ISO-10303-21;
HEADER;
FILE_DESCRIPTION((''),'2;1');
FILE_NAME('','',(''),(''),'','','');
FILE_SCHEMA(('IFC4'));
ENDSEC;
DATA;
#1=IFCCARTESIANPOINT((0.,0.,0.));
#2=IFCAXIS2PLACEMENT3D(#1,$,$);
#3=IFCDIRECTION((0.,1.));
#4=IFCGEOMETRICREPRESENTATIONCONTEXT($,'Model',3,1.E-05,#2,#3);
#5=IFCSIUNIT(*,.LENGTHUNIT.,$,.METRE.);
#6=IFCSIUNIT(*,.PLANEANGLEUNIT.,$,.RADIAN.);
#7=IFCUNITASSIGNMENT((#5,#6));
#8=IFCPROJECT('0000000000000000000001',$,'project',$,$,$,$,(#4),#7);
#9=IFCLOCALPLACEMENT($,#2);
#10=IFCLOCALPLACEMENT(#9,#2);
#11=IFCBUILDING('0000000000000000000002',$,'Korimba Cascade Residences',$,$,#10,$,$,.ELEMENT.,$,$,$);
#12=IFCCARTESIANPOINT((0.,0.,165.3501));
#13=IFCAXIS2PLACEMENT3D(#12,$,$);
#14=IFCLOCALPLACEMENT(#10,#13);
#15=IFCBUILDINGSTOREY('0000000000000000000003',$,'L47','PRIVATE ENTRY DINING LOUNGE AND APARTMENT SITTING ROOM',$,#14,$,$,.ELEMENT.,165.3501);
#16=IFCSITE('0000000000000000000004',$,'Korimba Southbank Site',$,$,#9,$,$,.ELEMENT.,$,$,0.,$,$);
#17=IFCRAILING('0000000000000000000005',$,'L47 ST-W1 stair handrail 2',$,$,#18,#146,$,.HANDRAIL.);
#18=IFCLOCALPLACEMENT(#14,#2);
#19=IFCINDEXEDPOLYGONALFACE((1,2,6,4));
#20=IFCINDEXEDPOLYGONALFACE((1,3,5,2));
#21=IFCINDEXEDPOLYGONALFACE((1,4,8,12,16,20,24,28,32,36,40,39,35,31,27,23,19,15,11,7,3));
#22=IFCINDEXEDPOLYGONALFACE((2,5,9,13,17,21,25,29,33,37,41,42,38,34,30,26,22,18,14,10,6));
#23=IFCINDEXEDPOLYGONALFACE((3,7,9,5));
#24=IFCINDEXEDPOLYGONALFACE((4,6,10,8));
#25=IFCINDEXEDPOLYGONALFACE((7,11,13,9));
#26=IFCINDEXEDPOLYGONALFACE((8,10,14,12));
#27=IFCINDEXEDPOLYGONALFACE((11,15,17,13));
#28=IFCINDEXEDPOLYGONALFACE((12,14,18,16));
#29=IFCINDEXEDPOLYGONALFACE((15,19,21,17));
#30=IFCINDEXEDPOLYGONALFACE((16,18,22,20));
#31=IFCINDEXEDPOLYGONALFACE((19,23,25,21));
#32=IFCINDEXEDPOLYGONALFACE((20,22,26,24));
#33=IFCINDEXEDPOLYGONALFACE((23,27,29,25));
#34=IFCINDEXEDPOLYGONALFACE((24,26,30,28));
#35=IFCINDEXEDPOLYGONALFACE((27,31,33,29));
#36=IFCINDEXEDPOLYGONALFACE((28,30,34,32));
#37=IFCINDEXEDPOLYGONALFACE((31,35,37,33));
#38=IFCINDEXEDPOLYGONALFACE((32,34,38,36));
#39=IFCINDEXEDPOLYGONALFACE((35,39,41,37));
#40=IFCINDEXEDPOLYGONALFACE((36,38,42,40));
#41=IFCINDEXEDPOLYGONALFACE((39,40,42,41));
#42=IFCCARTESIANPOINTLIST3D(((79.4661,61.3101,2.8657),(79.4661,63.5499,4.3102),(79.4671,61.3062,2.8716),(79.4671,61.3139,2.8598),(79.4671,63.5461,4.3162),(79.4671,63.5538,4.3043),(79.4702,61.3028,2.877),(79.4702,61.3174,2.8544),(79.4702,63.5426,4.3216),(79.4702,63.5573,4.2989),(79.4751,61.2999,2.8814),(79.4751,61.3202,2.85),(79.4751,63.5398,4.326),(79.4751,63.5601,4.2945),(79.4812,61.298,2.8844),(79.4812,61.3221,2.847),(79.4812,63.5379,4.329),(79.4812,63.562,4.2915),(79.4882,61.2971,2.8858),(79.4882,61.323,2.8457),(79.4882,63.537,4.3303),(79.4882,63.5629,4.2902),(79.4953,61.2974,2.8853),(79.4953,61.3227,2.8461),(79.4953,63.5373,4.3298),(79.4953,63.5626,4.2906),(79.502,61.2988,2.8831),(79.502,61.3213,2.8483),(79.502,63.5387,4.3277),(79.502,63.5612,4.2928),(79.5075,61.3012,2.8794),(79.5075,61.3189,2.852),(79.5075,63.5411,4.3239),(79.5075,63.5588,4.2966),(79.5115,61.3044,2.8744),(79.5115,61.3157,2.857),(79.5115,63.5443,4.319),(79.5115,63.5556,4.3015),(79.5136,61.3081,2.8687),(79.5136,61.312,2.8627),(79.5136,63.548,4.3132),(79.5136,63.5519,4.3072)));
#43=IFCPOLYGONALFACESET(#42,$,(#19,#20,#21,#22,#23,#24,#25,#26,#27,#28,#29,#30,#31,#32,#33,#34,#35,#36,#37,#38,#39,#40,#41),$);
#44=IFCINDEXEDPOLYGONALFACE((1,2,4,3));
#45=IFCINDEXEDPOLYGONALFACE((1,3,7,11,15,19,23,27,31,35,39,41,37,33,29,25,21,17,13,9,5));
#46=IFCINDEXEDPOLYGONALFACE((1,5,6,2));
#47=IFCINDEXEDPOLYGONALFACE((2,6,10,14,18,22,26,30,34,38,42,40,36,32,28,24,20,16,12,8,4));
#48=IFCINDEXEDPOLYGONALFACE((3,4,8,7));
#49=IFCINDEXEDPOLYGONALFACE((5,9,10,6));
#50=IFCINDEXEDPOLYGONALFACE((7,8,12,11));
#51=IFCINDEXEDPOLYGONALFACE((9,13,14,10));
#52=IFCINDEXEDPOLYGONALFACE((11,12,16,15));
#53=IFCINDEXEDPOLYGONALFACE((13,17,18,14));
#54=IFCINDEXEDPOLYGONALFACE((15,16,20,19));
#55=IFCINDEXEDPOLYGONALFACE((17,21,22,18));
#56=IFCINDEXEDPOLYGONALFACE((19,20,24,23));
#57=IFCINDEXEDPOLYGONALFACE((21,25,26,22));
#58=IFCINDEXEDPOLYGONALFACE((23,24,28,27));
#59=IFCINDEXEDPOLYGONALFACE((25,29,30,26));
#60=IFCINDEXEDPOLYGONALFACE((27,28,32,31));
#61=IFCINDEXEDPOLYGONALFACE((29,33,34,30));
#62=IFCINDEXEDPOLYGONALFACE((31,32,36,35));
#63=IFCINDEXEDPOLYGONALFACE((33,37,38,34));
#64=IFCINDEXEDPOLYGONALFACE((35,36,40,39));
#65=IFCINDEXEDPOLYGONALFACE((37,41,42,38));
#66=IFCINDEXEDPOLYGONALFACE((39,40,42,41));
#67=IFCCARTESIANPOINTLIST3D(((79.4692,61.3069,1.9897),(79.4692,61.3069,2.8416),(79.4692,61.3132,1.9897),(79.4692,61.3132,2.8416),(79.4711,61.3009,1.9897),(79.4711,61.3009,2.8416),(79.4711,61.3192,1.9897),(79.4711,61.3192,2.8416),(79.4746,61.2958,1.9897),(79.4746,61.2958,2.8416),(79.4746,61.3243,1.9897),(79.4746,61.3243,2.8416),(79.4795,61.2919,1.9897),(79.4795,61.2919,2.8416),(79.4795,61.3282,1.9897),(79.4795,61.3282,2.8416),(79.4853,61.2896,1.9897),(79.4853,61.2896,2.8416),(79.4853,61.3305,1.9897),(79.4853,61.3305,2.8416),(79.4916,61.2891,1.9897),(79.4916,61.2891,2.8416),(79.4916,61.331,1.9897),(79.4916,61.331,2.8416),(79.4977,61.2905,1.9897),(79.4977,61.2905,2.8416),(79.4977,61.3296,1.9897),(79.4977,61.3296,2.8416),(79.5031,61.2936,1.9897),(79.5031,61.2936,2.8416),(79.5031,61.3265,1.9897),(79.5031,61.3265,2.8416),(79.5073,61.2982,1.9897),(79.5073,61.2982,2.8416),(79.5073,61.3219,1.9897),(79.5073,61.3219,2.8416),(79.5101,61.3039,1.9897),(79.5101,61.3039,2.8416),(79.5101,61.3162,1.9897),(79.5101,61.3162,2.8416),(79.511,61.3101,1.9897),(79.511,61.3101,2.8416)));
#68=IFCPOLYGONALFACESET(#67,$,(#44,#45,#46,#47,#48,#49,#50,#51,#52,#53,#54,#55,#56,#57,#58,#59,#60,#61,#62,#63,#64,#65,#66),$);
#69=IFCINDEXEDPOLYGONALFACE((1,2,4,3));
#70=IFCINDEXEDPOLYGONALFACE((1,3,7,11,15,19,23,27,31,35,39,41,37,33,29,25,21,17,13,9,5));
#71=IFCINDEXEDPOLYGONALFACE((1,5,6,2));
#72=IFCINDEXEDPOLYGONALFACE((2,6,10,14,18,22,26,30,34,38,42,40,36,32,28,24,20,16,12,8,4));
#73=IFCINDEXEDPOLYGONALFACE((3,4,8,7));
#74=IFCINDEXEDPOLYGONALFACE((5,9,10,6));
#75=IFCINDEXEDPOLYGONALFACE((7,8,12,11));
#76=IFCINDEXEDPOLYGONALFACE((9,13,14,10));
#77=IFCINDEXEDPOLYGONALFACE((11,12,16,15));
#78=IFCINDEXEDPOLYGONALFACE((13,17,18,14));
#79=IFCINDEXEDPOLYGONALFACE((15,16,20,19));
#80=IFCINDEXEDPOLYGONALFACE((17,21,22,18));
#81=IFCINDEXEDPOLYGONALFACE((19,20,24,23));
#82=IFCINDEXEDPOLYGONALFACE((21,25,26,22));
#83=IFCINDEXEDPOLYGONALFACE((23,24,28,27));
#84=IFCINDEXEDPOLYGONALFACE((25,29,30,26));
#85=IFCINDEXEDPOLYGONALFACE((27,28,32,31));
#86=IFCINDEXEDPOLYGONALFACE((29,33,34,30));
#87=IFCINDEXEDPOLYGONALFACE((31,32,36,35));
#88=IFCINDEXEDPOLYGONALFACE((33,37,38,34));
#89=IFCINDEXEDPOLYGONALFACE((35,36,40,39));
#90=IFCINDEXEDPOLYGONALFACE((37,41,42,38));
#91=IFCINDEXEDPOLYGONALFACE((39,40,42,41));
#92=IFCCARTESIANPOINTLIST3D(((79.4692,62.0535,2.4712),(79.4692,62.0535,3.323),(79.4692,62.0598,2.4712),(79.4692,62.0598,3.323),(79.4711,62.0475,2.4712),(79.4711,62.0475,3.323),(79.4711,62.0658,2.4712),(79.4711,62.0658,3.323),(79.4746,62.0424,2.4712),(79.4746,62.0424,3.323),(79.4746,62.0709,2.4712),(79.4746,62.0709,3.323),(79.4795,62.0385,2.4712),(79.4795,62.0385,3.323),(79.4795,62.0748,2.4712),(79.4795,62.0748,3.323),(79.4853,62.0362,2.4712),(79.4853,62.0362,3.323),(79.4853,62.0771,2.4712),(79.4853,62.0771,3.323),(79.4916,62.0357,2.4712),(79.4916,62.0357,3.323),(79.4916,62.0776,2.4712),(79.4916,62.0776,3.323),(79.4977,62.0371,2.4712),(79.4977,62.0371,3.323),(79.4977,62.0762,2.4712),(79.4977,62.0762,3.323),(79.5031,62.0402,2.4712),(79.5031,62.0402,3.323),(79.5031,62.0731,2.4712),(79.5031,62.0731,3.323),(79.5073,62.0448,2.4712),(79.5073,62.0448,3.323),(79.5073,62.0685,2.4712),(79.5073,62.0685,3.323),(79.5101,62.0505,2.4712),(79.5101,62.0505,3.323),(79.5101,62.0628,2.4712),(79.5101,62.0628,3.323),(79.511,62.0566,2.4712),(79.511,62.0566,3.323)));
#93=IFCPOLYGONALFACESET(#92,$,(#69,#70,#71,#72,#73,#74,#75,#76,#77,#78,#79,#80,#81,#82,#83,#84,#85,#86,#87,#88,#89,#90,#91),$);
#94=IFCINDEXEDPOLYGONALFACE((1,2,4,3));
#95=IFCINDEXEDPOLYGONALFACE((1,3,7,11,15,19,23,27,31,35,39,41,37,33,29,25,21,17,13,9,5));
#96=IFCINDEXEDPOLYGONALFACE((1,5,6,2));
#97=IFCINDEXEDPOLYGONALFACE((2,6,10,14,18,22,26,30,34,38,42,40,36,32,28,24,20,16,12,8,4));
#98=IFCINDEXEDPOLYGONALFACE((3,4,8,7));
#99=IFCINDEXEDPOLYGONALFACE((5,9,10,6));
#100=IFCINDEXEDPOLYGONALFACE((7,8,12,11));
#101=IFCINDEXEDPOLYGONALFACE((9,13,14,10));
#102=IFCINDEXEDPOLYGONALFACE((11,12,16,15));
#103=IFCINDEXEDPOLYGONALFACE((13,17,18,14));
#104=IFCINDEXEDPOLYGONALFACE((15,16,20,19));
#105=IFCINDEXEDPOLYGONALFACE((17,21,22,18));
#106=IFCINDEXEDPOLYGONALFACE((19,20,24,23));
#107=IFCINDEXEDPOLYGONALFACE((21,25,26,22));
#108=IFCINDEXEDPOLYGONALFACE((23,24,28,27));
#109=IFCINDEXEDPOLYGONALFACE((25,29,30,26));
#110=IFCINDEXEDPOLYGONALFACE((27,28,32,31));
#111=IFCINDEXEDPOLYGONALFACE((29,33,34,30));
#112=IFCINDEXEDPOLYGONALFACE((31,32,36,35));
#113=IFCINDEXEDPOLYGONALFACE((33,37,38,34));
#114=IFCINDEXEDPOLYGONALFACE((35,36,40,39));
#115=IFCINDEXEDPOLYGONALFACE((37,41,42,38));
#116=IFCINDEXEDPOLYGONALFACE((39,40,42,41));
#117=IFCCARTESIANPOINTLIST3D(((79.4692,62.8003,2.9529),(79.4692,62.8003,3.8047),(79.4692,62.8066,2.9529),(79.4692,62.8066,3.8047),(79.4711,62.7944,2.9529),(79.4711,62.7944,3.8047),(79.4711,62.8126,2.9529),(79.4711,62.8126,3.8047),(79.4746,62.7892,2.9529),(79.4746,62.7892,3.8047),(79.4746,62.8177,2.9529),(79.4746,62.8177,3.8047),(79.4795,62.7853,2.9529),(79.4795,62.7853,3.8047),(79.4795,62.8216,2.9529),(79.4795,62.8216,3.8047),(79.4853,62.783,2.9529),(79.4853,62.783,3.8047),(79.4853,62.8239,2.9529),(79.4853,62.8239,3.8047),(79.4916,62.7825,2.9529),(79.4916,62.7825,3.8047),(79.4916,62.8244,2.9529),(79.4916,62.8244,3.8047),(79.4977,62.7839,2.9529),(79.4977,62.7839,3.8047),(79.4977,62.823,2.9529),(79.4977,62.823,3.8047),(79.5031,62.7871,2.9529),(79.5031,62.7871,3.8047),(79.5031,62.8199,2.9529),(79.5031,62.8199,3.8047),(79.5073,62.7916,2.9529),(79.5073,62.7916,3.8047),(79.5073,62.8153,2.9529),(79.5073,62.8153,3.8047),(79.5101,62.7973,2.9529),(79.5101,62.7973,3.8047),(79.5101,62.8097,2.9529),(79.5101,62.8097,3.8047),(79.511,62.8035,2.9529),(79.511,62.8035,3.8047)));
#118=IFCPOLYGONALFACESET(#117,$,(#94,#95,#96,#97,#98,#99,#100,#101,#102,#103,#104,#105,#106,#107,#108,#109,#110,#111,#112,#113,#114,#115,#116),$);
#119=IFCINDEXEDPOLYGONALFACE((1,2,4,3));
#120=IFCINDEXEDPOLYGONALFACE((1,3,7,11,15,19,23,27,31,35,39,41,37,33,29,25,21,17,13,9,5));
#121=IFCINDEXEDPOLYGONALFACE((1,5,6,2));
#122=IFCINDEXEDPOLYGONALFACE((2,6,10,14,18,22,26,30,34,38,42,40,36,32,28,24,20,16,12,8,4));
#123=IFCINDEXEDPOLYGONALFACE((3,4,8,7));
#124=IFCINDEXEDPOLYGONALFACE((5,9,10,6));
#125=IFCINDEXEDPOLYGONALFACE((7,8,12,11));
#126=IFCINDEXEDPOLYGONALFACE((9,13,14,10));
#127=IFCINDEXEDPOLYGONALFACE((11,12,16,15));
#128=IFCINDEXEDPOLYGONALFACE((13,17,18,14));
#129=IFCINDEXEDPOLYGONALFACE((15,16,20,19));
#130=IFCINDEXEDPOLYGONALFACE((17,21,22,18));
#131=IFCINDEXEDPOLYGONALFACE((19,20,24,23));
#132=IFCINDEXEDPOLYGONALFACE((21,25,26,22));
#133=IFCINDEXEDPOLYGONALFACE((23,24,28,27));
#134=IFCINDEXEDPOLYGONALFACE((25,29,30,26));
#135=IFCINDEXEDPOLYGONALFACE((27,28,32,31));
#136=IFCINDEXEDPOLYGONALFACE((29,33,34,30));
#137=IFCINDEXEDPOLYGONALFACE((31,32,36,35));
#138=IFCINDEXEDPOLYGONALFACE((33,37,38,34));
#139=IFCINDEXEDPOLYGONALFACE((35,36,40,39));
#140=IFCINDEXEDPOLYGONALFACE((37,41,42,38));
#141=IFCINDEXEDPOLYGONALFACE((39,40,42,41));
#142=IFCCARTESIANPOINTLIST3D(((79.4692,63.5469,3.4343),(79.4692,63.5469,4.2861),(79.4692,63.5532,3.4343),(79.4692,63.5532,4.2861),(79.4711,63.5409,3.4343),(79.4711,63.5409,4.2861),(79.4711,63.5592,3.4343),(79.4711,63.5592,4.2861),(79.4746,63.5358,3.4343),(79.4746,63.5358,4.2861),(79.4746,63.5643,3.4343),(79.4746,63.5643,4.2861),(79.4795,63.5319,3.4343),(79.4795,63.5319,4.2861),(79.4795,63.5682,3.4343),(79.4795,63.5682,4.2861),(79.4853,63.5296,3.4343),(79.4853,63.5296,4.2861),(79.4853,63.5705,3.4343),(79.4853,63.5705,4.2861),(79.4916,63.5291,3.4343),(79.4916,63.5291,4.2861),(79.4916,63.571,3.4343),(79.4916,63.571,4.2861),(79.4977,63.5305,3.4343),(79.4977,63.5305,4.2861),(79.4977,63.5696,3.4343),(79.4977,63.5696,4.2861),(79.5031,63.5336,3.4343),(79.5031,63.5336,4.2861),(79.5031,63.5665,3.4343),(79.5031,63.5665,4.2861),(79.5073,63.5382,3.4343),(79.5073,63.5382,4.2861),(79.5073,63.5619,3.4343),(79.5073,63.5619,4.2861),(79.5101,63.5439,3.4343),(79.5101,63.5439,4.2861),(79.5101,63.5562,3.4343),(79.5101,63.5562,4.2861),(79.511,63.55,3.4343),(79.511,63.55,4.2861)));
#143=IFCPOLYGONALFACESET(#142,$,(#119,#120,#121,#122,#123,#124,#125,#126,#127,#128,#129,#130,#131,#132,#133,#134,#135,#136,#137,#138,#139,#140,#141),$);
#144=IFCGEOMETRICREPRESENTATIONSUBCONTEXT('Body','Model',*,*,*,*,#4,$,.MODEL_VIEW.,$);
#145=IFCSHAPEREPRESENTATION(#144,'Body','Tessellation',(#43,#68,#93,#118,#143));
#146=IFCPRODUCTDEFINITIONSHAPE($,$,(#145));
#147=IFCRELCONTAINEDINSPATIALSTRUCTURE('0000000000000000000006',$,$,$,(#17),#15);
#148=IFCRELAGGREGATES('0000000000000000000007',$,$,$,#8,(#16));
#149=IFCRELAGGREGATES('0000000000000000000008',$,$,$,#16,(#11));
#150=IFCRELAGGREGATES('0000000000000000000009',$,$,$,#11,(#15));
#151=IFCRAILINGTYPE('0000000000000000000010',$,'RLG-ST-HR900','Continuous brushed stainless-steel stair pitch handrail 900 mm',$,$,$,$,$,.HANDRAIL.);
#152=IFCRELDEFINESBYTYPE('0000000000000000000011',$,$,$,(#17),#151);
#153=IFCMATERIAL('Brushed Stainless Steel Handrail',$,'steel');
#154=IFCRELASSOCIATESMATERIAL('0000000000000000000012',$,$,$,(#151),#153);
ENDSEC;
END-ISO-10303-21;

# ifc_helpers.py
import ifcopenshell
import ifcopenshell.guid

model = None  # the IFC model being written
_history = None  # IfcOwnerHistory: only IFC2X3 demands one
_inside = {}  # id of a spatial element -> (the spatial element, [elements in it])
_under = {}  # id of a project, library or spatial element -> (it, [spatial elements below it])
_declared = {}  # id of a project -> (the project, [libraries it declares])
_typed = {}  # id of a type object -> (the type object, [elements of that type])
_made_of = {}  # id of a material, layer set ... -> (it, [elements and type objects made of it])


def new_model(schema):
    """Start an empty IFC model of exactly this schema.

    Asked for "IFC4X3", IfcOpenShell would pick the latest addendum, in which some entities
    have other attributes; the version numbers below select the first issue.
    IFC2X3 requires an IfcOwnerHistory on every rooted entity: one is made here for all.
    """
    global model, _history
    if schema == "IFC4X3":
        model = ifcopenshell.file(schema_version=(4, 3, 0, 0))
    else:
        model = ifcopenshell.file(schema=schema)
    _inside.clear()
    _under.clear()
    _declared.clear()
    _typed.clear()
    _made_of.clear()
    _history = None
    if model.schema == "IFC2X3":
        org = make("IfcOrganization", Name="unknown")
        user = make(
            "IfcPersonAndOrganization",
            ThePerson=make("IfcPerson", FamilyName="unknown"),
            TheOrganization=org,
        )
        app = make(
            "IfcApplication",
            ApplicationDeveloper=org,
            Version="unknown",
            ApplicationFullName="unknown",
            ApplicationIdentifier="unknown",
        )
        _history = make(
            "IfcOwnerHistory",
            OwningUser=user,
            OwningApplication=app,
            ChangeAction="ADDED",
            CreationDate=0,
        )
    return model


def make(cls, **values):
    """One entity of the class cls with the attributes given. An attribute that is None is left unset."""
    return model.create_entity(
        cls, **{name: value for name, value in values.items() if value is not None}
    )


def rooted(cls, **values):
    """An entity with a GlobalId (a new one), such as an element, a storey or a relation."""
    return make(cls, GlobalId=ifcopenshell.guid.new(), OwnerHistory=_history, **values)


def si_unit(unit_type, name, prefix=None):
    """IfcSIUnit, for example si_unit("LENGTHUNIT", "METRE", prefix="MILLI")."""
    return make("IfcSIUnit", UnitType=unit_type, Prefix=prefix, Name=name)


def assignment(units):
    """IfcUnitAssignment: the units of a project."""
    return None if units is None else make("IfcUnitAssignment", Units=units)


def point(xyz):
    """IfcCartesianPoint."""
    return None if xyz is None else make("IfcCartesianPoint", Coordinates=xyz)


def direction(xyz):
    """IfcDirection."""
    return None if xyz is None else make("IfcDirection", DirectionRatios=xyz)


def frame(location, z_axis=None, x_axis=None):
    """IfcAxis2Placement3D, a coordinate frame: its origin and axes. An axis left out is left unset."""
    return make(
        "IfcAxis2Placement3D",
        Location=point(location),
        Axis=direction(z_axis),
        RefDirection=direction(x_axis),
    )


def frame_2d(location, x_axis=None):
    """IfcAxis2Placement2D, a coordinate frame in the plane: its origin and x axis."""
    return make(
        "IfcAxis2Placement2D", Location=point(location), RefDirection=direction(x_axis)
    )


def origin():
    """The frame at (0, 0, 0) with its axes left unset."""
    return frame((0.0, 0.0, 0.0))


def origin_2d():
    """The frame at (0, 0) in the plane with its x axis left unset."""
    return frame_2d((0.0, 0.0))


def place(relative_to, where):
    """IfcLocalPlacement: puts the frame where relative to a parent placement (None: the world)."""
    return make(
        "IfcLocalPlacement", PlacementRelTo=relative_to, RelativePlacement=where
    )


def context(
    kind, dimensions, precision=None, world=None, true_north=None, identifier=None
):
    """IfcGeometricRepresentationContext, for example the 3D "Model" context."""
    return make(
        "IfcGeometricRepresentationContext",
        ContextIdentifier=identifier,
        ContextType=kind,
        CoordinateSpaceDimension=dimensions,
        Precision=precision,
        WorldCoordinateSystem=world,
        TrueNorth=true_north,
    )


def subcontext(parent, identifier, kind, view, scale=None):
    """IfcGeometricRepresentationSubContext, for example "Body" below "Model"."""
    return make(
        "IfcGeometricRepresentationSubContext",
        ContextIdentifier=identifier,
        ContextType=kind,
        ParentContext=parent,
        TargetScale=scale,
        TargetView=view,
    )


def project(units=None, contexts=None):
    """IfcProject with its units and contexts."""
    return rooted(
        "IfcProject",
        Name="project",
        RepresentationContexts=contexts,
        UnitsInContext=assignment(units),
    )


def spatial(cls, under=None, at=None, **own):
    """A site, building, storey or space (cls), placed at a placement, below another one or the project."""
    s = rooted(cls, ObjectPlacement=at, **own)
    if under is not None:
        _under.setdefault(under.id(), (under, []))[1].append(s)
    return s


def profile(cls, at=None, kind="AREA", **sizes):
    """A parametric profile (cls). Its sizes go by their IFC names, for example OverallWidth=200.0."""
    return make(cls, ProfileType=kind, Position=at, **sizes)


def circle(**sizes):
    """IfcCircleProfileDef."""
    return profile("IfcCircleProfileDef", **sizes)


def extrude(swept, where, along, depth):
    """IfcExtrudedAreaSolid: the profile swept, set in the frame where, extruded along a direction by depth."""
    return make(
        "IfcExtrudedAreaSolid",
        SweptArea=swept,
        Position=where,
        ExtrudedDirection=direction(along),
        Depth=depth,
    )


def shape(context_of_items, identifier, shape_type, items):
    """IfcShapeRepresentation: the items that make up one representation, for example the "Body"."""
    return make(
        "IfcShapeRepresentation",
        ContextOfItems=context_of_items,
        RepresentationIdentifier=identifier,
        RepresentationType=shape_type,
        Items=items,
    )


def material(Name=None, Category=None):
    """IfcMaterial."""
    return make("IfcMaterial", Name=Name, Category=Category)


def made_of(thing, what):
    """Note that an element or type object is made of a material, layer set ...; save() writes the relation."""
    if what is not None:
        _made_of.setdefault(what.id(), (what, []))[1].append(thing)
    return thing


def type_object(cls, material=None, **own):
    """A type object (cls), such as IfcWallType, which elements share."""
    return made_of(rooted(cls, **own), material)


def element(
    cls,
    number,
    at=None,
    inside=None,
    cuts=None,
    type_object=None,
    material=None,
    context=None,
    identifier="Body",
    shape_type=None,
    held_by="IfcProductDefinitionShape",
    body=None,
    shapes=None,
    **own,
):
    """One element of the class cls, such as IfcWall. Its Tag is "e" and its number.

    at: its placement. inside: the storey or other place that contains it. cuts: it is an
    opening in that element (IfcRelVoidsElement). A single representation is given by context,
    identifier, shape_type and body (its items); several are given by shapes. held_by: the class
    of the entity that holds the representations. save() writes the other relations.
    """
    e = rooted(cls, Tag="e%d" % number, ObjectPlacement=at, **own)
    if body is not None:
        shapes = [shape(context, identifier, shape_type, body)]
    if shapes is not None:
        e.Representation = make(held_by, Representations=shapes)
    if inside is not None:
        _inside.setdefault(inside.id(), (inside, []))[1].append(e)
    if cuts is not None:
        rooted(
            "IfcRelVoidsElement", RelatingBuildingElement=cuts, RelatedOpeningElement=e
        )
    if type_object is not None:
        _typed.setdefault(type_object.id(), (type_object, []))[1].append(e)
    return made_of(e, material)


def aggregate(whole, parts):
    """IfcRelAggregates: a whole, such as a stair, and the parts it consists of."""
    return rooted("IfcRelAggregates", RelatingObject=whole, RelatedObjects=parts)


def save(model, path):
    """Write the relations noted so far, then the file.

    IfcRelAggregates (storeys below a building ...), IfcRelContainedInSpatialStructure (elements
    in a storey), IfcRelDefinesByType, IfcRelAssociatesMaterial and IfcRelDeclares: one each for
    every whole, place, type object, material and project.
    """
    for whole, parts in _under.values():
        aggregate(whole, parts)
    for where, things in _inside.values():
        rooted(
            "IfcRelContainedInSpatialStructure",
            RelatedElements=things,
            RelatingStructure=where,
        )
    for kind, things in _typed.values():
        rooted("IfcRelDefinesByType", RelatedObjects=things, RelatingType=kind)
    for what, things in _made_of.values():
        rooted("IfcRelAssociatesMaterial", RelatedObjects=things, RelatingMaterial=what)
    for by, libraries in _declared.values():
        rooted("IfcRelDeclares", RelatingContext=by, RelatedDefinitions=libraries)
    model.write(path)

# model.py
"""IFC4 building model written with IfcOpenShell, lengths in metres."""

from ifc_helpers import new_model, si_unit, direction, frame, origin, origin_2d, place, context, subcontext, project, spatial, circle, extrude, material, type_object, element, save


model = new_model("IFC4")

# Units and contexts
model_context = context("Model", 3, precision=1e-05, world=origin(), true_north=direction((0.0, 1.0)))
body_context = subcontext(model_context, "Body", "Model", "MODEL_VIEW")
ifc_project = project(units=[si_unit("LENGTHUNIT", "METRE"), si_unit("PLANEANGLEUNIT", "RADIAN")], contexts=[model_context])

# Site, building, storey
site_placement = place(None, origin())
site = spatial("IfcSite", under=ifc_project, at=site_placement, Name="Korimba Southbank Site", CompositionType="ELEMENT", RefElevation=0.0)
building_placement = place(site_placement, origin())
building = spatial("IfcBuilding", under=site, at=building_placement, Name="Korimba Cascade Residences", CompositionType="ELEMENT")
storey_placement = place(building_placement, frame((0.0, 0.0, 165.3501)))
storey = spatial("IfcBuildingStorey", under=building, at=storey_placement, Name="L47", Description="PRIVATE ENTRY DINING LOUNGE AND APARTMENT SITTING ROOM", CompositionType="ELEMENT", Elevation=165.3501)

# Railing
ifc_material_1 = material(Name="Brushed Stainless Steel Handrail", Category="steel")
railing_type_1 = type_object("IfcRailingType", Name="RLG-ST-HR900", Description="Continuous brushed stainless-steel stair pitch handrail 900 mm", PredefinedType="HANDRAIL", material=ifc_material_1)
railing_1_placement = place(storey_placement, frame((79.49, 61.3101, 1.9897)))
element("IfcRailing", 1, at=railing_1_placement, inside=storey, type_object=railing_type_1, Name="L47 ST-W1 stair handrail 2", PredefinedType="HANDRAIL", context=body_context, shape_type="SweptSolid", body=[
    extrude(circle(Radius=0.0239, at=origin_2d()), frame((0.0, 0.0, 0.876), z_axis=(0.0, 0.840395, 0.541975), x_axis=(-1.0, 0.0, 0.0)), (0.0, 0.0, 1.0), 2.6653),
    extrude(circle(Radius=0.021, at=origin_2d()), origin(), (0.0, 0.0, 1.0), 0.8518),
    extrude(circle(Radius=0.021, at=origin_2d()), frame((0.0, 0.7466, 0.4814)), (0.0, 0.0, 1.0), 0.8518),
    extrude(circle(Radius=0.021, at=origin_2d()), frame((0.0, 1.4934, 0.9631)), (0.0, 0.0, 1.0), 0.8518),
    extrude(circle(Radius=0.021, at=origin_2d()), frame((0.0, 2.24, 1.4446)), (0.0, 0.0, 1.0), 0.8518),
])

save(model, "model.ifc")
